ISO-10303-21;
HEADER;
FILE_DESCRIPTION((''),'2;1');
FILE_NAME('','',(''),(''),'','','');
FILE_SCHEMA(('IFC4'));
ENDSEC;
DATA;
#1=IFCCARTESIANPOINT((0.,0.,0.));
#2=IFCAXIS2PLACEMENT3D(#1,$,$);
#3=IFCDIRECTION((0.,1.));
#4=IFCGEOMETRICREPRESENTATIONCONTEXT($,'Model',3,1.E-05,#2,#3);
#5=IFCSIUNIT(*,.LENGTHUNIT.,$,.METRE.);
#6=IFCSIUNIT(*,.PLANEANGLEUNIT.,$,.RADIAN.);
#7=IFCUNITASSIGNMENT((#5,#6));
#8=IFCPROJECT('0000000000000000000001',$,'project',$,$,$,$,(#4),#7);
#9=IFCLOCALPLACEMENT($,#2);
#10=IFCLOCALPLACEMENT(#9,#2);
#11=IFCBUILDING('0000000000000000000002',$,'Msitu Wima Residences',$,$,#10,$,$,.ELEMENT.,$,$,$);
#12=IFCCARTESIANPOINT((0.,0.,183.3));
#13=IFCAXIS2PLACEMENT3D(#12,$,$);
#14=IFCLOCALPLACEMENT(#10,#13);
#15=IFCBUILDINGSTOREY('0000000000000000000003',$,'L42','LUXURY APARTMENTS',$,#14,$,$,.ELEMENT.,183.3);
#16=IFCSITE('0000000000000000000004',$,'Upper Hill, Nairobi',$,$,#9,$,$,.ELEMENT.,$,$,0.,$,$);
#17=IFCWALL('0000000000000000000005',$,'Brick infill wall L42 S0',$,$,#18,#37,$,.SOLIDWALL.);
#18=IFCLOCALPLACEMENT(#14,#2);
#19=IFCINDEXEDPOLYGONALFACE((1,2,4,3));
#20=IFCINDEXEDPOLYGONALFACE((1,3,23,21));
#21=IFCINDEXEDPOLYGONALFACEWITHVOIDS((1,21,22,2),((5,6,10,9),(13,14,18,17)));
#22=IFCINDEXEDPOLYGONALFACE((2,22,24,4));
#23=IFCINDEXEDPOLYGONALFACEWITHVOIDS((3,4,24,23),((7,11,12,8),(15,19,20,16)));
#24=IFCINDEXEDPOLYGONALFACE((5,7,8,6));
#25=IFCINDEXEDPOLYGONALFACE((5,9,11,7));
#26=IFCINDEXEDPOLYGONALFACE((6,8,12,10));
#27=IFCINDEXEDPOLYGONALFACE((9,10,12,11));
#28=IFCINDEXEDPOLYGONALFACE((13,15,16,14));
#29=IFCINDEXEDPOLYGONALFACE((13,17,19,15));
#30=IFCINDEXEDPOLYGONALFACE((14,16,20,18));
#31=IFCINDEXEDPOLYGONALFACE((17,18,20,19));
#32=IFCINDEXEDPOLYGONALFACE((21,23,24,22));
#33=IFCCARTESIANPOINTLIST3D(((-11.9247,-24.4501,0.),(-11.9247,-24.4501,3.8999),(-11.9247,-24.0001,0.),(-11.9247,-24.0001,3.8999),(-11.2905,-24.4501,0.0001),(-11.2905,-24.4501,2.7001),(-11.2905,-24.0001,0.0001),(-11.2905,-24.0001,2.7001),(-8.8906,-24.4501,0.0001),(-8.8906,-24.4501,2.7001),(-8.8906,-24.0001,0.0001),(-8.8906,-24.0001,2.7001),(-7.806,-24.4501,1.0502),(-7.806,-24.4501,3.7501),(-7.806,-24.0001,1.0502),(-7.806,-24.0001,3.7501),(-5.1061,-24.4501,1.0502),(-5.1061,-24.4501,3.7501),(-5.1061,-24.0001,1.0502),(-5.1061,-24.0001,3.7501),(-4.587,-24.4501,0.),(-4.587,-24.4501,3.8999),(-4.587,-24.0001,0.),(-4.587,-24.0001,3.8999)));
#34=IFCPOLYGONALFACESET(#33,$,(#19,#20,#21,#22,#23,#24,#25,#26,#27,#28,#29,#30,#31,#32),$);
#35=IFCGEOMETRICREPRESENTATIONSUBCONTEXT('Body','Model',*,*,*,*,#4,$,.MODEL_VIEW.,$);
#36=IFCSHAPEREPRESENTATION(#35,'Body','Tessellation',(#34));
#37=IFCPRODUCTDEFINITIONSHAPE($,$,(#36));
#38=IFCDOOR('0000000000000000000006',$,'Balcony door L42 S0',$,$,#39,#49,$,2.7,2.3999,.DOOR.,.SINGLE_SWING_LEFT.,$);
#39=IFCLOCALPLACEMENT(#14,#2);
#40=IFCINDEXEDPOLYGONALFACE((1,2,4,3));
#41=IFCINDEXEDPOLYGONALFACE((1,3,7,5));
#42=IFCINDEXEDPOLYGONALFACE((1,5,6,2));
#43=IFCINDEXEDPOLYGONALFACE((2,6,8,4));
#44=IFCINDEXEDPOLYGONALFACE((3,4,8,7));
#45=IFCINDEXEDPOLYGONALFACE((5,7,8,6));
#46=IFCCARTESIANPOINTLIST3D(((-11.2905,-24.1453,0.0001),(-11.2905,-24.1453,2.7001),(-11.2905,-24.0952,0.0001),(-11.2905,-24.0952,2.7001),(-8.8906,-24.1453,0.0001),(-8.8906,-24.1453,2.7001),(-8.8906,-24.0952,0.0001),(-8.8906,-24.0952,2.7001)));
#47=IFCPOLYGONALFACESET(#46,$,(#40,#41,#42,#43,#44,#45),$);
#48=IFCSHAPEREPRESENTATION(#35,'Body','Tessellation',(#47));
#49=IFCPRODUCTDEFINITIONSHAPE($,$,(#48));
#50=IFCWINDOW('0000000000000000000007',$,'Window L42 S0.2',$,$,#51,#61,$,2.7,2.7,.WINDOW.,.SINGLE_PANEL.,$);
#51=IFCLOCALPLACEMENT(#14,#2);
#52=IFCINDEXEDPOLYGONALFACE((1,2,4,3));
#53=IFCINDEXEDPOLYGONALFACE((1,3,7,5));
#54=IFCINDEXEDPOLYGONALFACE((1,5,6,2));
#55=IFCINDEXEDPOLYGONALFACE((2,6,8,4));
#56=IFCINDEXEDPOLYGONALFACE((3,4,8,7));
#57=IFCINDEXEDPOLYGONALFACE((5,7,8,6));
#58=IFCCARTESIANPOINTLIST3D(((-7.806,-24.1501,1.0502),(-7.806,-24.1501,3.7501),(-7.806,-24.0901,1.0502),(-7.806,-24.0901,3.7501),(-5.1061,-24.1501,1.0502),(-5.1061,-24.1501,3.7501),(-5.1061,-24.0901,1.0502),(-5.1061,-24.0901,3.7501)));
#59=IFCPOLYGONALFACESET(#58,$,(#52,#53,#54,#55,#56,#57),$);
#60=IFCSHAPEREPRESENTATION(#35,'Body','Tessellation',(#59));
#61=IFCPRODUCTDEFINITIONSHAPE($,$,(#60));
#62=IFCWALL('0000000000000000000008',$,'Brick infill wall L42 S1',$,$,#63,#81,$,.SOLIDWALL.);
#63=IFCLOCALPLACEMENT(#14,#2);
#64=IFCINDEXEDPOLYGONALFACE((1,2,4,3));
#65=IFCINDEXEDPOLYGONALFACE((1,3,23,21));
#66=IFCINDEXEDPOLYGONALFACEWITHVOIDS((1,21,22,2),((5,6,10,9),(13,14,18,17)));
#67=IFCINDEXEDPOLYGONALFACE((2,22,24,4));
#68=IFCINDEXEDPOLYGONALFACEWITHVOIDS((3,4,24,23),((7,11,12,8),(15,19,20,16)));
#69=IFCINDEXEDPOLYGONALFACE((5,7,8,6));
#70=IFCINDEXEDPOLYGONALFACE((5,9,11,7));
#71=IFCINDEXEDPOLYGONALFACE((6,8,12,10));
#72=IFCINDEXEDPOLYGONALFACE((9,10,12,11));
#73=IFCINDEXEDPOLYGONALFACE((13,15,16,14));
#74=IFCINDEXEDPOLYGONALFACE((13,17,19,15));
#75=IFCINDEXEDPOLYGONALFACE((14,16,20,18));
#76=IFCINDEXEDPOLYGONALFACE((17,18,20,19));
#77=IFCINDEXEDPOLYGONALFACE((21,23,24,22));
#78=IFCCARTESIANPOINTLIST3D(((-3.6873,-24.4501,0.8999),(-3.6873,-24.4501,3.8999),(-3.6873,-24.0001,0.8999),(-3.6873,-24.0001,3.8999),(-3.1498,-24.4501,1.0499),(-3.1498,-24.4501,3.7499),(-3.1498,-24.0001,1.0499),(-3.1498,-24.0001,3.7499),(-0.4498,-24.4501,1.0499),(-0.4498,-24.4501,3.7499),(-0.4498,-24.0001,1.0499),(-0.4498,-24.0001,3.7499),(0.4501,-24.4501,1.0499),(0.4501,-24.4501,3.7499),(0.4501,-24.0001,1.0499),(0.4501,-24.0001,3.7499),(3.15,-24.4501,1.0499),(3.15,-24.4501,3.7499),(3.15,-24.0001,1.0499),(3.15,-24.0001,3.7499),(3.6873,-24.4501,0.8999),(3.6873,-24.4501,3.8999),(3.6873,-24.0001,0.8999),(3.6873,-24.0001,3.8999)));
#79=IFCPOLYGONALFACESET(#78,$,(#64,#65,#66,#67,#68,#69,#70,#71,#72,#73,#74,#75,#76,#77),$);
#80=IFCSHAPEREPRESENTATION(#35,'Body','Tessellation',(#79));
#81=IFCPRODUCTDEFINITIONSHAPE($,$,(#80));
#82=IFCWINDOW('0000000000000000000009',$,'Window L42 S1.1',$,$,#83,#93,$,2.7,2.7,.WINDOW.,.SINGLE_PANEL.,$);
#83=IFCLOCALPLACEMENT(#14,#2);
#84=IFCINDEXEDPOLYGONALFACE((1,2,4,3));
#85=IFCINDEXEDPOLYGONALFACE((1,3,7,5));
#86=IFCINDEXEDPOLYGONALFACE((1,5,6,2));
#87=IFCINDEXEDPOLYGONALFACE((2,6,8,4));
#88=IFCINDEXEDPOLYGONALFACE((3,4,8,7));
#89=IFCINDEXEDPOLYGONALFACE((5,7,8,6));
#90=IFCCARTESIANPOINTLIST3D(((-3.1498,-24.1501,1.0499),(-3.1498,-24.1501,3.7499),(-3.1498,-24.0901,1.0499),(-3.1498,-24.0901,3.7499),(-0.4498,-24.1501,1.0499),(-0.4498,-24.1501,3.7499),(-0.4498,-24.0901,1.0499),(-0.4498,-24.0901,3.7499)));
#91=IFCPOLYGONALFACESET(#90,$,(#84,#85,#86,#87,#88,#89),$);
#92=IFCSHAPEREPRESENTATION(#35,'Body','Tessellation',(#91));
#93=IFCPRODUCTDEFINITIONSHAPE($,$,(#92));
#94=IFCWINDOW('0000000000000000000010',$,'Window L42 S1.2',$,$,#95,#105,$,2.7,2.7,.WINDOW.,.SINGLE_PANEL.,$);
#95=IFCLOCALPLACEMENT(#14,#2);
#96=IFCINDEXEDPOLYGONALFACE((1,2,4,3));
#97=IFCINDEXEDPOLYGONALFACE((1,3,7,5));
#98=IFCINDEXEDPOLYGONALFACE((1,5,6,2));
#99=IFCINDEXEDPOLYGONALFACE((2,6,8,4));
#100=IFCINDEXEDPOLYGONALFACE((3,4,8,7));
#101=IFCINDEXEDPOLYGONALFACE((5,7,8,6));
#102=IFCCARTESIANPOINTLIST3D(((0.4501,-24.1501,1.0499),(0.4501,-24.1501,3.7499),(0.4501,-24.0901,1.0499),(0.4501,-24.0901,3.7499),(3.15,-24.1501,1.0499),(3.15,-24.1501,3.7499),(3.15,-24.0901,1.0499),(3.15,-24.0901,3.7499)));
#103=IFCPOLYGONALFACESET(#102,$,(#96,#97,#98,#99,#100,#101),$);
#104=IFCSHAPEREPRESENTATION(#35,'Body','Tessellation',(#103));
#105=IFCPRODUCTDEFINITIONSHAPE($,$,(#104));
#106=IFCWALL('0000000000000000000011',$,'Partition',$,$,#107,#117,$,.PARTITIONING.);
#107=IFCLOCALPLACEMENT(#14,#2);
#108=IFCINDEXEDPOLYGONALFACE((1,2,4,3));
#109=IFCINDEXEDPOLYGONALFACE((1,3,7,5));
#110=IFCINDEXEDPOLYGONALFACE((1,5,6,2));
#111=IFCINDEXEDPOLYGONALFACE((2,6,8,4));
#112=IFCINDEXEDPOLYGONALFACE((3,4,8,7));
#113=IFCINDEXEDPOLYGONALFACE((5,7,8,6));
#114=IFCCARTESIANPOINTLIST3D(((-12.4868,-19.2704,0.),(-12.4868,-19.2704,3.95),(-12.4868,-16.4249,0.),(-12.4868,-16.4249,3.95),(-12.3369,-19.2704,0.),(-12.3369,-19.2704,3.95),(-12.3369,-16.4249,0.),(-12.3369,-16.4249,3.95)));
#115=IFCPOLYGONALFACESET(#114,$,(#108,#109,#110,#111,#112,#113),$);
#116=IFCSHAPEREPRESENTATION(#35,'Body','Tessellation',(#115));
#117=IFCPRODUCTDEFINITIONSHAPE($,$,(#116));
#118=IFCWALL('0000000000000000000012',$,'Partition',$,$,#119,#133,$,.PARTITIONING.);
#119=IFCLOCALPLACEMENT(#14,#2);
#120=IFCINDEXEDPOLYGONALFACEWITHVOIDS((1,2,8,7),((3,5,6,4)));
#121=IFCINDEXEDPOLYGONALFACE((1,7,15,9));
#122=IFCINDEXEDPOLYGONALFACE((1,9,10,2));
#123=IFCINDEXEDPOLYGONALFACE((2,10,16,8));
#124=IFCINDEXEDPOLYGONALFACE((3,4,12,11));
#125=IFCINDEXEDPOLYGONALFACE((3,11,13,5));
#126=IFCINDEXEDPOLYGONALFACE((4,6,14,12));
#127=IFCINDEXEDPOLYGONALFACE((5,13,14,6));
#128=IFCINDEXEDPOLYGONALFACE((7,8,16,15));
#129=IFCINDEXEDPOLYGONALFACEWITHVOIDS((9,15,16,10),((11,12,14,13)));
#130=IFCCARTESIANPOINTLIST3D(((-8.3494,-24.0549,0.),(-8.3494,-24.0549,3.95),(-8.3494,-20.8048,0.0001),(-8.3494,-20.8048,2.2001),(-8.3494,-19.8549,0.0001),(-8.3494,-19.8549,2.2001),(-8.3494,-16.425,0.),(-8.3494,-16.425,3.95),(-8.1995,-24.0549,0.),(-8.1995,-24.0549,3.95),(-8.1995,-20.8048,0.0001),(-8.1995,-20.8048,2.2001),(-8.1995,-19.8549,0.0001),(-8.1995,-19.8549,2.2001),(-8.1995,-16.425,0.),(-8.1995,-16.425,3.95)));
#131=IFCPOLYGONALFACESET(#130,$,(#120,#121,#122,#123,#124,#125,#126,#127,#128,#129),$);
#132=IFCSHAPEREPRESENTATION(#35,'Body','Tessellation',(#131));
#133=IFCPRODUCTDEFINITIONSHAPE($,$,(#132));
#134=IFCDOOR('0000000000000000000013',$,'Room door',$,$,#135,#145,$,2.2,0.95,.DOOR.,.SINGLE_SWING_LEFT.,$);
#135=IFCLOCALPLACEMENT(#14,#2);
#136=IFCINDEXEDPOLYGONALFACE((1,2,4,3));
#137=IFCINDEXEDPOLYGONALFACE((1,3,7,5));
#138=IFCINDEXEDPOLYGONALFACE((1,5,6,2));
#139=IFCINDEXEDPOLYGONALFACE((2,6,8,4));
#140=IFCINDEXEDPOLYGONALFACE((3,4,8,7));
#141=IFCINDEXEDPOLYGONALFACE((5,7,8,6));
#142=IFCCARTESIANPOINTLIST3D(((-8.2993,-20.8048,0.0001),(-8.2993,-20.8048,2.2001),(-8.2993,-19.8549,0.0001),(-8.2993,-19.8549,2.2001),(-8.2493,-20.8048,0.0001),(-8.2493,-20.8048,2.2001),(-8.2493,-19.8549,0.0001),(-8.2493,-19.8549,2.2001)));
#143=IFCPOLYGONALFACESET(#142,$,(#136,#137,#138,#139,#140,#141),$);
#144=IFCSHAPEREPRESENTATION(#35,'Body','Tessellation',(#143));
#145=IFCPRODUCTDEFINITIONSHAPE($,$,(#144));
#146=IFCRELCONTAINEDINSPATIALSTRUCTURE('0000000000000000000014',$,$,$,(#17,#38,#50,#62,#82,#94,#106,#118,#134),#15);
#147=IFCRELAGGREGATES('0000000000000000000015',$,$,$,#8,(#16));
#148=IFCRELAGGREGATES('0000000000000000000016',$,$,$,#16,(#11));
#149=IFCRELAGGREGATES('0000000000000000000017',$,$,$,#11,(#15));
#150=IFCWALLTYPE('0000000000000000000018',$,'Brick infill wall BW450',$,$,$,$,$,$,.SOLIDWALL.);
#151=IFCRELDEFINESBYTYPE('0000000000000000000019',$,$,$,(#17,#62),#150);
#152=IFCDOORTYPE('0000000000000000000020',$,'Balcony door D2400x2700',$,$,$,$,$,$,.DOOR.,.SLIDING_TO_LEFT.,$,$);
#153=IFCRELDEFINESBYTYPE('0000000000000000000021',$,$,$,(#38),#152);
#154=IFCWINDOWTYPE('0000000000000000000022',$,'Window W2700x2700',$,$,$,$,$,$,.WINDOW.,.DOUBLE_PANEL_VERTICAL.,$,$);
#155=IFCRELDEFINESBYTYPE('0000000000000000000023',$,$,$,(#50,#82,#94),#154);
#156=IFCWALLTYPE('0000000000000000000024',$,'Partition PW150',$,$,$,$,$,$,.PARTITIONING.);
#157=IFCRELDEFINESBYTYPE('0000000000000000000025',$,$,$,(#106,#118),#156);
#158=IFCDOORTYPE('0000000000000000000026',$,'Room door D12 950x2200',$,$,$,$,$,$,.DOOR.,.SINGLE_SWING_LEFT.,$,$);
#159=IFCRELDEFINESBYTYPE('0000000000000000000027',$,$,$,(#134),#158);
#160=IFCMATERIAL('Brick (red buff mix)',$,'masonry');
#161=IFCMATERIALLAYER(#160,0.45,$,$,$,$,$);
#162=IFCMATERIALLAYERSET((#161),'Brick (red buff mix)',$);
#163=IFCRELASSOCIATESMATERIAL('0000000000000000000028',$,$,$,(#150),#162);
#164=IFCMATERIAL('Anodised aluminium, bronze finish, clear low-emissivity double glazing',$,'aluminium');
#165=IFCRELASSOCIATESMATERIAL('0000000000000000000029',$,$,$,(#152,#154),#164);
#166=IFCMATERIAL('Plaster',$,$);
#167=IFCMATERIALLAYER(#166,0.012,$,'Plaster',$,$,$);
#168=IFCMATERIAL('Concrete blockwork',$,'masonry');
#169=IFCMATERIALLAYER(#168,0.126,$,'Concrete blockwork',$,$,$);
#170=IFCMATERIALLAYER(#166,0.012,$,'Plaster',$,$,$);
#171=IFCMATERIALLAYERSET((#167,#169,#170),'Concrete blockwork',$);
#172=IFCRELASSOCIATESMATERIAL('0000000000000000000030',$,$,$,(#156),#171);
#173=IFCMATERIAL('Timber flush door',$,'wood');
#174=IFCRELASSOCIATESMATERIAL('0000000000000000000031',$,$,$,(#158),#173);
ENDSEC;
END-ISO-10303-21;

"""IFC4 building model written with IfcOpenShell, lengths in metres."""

from ifc_helpers import new_model, si_unit, direction, frame, frame_2d, origin, place, context, subcontext, project, spatial, rectangle, extrude, material, layer, layer_set, type_object, element, fill, save


model = new_model("IFC4")

# Units and contexts
model_context = context("Model", 3, precision=1e-05, world=origin(), true_north=direction((0.0, 1.0)))
body_context = subcontext(model_context, "Body", "Model", "MODEL_VIEW")
ifc_project = project(units=[si_unit("LENGTHUNIT", "METRE"), si_unit("PLANEANGLEUNIT", "RADIAN")], contexts=[model_context])

# Site, building, storey
site_placement = place(None, origin())
site = spatial("IfcSite", under=ifc_project, at=site_placement, Name="Upper Hill, Nairobi", CompositionType="ELEMENT", RefElevation=0.0)
building_placement = place(site_placement, origin())
building = spatial("IfcBuilding", under=site, at=building_placement, Name="Msitu Wima Residences", CompositionType="ELEMENT")
storey_placement = place(building_placement, frame((0.0, 0.0, 183.3)))
storey = spatial("IfcBuildingStorey", under=building, at=storey_placement, Name="L42", Description="LUXURY APARTMENTS", CompositionType="ELEMENT", Elevation=183.3)

# Wall, openings, door, window
ifc_material_1 = material(Name="Brick (red buff mix)", Category="masonry")
ifc_layer_1 = layer(ifc_material_1, 0.45)
ifc_layer_set_1 = layer_set([ifc_layer_1], Name="Brick (red buff mix)")
wall_type_1 = type_object("IfcWallType", Name="Brick infill wall BW450", PredefinedType="SOLIDWALL", material=ifc_layer_set_1)
wall_1_placement = place(storey_placement, frame((-11.9248, -24.2251, 0.0), z_axis=(0.0, 0.0, 1.0), x_axis=(1.0, 0.0, 0.0)))
wall_1 = element("IfcWall", 1, at=wall_1_placement, inside=storey, type_object=wall_type_1, Name="Brick infill wall L42 S0", PredefinedType="SOLIDWALL", context=body_context, shape_type="SweptSolid", body=[
    extrude(rectangle(XDim=7.3376, YDim=0.45, at=frame_2d((3.6689, 0.0))), origin(), (0.0, 0.0, 1.0), 3.8999),
])
opening_1_placement = place(wall_1_placement, frame((0.6343, 0.0, 0.0)))
opening_1 = element("IfcOpeningElement", 2, at=opening_1_placement, cuts=wall_1, PredefinedType="OPENING", context=body_context, shape_type="SweptSolid", body=[
    extrude(rectangle(XDim=2.3999, YDim=2.7, at=frame_2d((1.2, 1.3501))), frame((0.0, 0.2349, 0.0), z_axis=(0.0, -1.0, 0.0), x_axis=(1.0, 0.0, 0.0)), (0.0, 0.0, 1.0), 0.47),
])
opening_2_placement = place(wall_1_placement, frame((4.1187, 0.0, 1.05)))
opening_2 = element("IfcOpeningElement", 3, at=opening_2_placement, cuts=wall_1, PredefinedType="OPENING", context=body_context, shape_type="SweptSolid", body=[
    extrude(rectangle(XDim=2.7, YDim=2.7, at=frame_2d((1.3501, 1.3501))), frame((0.0, 0.2349, 0.0), z_axis=(0.0, -1.0, 0.0), x_axis=(1.0, 0.0, 0.0)), (0.0, 0.0, 1.0), 0.47),
])
ifc_material_2 = material(Name="Anodised aluminium, bronze finish, clear low-emissivity double glazing", Category="aluminium")
door_type_1 = type_object("IfcDoorType", Name="Balcony door D2400x2700", OperationType="SLIDING_TO_LEFT", PredefinedType="DOOR", material=ifc_material_2)
door_1_placement = place(opening_1_placement, origin())
door_1 = element("IfcDoor", 4, at=door_1_placement, inside=storey, type_object=door_type_1, Name="Balcony door L42 S0", OperationType="SINGLE_SWING_LEFT", OverallHeight=2.7, OverallWidth=2.3999, PredefinedType="DOOR", context=body_context, shape_type="SweptSolid", body=[
    extrude(rectangle(XDim=2.3999, YDim=2.7, at=frame_2d((1.2, 1.3501))), frame((0.0, 0.1299, 0.0), z_axis=(0.0, -1.0, 0.0), x_axis=(1.0, 0.0, 0.0)), (0.0, 0.0, 1.0), 0.05),
])
fill(opening_1, door_1)
window_type = type_object("IfcWindowType", Name="Window W2700x2700", PartitioningType="DOUBLE_PANEL_VERTICAL", PredefinedType="WINDOW", material=ifc_material_2)
window_1_placement = place(opening_2_placement, origin())
window_1 = element("IfcWindow", 5, at=window_1_placement, inside=storey, type_object=window_type, Name="Window L42 S0.2", OverallHeight=2.7, OverallWidth=2.7, PartitioningType="SINGLE_PANEL", PredefinedType="WINDOW", context=body_context, shape_type="SweptSolid", body=[
    extrude(rectangle(XDim=2.7, YDim=2.7, at=frame_2d((1.3501, 1.3501))), frame((0.0, 0.135, 0.0), z_axis=(0.0, -1.0, 0.0), x_axis=(1.0, 0.0, 0.0)), (0.0, 0.0, 1.0), 0.0601),
])
fill(opening_2, window_1)

# Wall, openings, windows
wall_2_placement = place(storey_placement, frame((-3.6873, -24.2251, 0.8999), z_axis=(0.0, 0.0, 1.0), x_axis=(1.0, 0.0, 0.0)))
wall_2 = element("IfcWall", 6, at=wall_2_placement, inside=storey, type_object=wall_type_1, Name="Brick infill wall L42 S1", PredefinedType="SOLIDWALL", context=body_context, shape_type="SweptSolid", body=[
    extrude(rectangle(XDim=7.3745, YDim=0.45, at=frame_2d((3.6873, 0.0))), origin(), (0.0, 0.0, 1.0), 3.0),
])
opening_3_placement = place(wall_2_placement, frame((0.5374, 0.0, 0.1499)))
opening_3 = element("IfcOpeningElement", 7, at=opening_3_placement, cuts=wall_2, PredefinedType="OPENING", context=body_context, shape_type="SweptSolid", body=[
    extrude(rectangle(XDim=2.7, YDim=2.7, at=frame_2d((1.3501, 1.3501))), frame((0.0, 0.2349, 0.0), z_axis=(0.0, -1.0, 0.0), x_axis=(1.0, 0.0, 0.0)), (0.0, 0.0, 1.0), 0.47),
])
opening_4_placement = place(wall_2_placement, frame((4.1372, 0.0, 0.1499)))
opening_4 = element("IfcOpeningElement", 8, at=opening_4_placement, cuts=wall_2, PredefinedType="OPENING", context=body_context, shape_type="SweptSolid", body=[
    extrude(rectangle(XDim=2.7, YDim=2.7, at=frame_2d((1.3501, 1.3501))), frame((0.0, 0.2349, 0.0), z_axis=(0.0, -1.0, 0.0), x_axis=(1.0, 0.0, 0.0)), (0.0, 0.0, 1.0), 0.47),
])
window_2_placement = place(opening_3_placement, origin())
window_2 = element("IfcWindow", 9, at=window_2_placement, inside=storey, type_object=window_type, Name="Window L42 S1.1", OverallHeight=2.7, OverallWidth=2.7, PartitioningType="SINGLE_PANEL", PredefinedType="WINDOW", context=body_context, shape_type="SweptSolid", body=[
    extrude(rectangle(XDim=2.7, YDim=2.7, at=frame_2d((1.3501, 1.3501))), frame((0.0, 0.135, 0.0), z_axis=(0.0, -1.0, 0.0), x_axis=(1.0, 0.0, 0.0)), (0.0, 0.0, 1.0), 0.0601),
])
fill(opening_3, window_2)
window_3_placement = place(opening_4_placement, origin())
window_3 = element("IfcWindow", 10, at=window_3_placement, inside=storey, type_object=window_type, Name="Window L42 S1.2", OverallHeight=2.7, OverallWidth=2.7, PartitioningType="SINGLE_PANEL", PredefinedType="WINDOW", context=body_context, shape_type="SweptSolid", body=[
    extrude(rectangle(XDim=2.7, YDim=2.7, at=frame_2d((1.3501, 1.3501))), frame((0.0, 0.135, 0.0), z_axis=(0.0, -1.0, 0.0), x_axis=(1.0, 0.0, 0.0)), (0.0, 0.0, 1.0), 0.0601),
])
fill(opening_4, window_3)

# Wall
ifc_material_3 = material(Name="Plaster")
ifc_layer_2 = layer(ifc_material_3, 0.012, Name="Plaster")
ifc_material_4 = material(Name="Concrete blockwork", Category="masonry")
ifc_layer_3 = layer(ifc_material_4, 0.126, Name="Concrete blockwork")
ifc_layer_4 = layer(ifc_material_3, 0.012, Name="Plaster")
ifc_layer_set_2 = layer_set([ifc_layer_2, ifc_layer_3, ifc_layer_4], Name="Concrete blockwork")
wall_type_2 = type_object("IfcWallType", Name="Partition PW150", PredefinedType="PARTITIONING", material=ifc_layer_set_2)
wall_3_placement = place(storey_placement, frame((-12.4119, -19.2705, 0.0), z_axis=(0.0, 0.0, 1.0), x_axis=(0.0, 1.0, 0.0)))
element("IfcWall", 11, at=wall_3_placement, inside=storey, type_object=wall_type_2, Name="Partition", PredefinedType="PARTITIONING", context=body_context, shape_type="SweptSolid", body=[
    extrude(rectangle(XDim=2.8455, YDim=0.1499, at=frame_2d((1.4229, 0.0))), origin(), (0.0, 0.0, 1.0), 3.95),
])

# Wall, opening, door
wall_4_placement = place(storey_placement, frame((-8.2744, -24.0549, 0.0), z_axis=(0.0, 0.0, 1.0), x_axis=(0.0, 1.0, 0.0)))
wall_4 = element("IfcWall", 12, at=wall_4_placement, inside=storey, type_object=wall_type_2, Name="Partition", PredefinedType="PARTITIONING", context=body_context, shape_type="SweptSolid", body=[
    extrude(rectangle(XDim=7.6299, YDim=0.1499, at=frame_2d((3.8149, 0.0))), origin(), (0.0, 0.0, 1.0), 3.95),
])
opening_5_placement = place(wall_4_placement, frame((3.25, 0.0, 0.0)))
opening_5 = element("IfcOpeningElement", 13, at=opening_5_placement, cuts=wall_4, PredefinedType="OPENING", context=body_context, shape_type="SweptSolid", body=[
    extrude(rectangle(XDim=0.95, YDim=2.2, at=frame_2d((0.4751, 1.1001))), frame((0.0, 0.085, 0.0), z_axis=(0.0, -1.0, 0.0), x_axis=(1.0, 0.0, 0.0)), (0.0, 0.0, 1.0), 0.1699),
])
ifc_material_5 = material(Name="Timber flush door", Category="wood")
door_type_2 = type_object("IfcDoorType", Name="Room door D12 950x2200", OperationType="SINGLE_SWING_LEFT", PredefinedType="DOOR", material=ifc_material_5)
door_2_placement = place(opening_5_placement, origin())
door_2 = element("IfcDoor", 14, at=door_2_placement, inside=storey, type_object=door_type_2, Name="Room door", OperationType="SINGLE_SWING_LEFT", OverallHeight=2.2, OverallWidth=0.95, PredefinedType="DOOR", context=body_context, shape_type="SweptSolid", body=[
    extrude(rectangle(XDim=0.95, YDim=2.2, at=frame_2d((0.4751, 1.1001))), frame((0.0, 0.0249, 0.0), z_axis=(0.0, -1.0, 0.0), x_axis=(1.0, 0.0, 0.0)), (0.0, 0.0, 1.0), 0.05),
])
fill(opening_5, door_2)

save(model, "model.ifc")
